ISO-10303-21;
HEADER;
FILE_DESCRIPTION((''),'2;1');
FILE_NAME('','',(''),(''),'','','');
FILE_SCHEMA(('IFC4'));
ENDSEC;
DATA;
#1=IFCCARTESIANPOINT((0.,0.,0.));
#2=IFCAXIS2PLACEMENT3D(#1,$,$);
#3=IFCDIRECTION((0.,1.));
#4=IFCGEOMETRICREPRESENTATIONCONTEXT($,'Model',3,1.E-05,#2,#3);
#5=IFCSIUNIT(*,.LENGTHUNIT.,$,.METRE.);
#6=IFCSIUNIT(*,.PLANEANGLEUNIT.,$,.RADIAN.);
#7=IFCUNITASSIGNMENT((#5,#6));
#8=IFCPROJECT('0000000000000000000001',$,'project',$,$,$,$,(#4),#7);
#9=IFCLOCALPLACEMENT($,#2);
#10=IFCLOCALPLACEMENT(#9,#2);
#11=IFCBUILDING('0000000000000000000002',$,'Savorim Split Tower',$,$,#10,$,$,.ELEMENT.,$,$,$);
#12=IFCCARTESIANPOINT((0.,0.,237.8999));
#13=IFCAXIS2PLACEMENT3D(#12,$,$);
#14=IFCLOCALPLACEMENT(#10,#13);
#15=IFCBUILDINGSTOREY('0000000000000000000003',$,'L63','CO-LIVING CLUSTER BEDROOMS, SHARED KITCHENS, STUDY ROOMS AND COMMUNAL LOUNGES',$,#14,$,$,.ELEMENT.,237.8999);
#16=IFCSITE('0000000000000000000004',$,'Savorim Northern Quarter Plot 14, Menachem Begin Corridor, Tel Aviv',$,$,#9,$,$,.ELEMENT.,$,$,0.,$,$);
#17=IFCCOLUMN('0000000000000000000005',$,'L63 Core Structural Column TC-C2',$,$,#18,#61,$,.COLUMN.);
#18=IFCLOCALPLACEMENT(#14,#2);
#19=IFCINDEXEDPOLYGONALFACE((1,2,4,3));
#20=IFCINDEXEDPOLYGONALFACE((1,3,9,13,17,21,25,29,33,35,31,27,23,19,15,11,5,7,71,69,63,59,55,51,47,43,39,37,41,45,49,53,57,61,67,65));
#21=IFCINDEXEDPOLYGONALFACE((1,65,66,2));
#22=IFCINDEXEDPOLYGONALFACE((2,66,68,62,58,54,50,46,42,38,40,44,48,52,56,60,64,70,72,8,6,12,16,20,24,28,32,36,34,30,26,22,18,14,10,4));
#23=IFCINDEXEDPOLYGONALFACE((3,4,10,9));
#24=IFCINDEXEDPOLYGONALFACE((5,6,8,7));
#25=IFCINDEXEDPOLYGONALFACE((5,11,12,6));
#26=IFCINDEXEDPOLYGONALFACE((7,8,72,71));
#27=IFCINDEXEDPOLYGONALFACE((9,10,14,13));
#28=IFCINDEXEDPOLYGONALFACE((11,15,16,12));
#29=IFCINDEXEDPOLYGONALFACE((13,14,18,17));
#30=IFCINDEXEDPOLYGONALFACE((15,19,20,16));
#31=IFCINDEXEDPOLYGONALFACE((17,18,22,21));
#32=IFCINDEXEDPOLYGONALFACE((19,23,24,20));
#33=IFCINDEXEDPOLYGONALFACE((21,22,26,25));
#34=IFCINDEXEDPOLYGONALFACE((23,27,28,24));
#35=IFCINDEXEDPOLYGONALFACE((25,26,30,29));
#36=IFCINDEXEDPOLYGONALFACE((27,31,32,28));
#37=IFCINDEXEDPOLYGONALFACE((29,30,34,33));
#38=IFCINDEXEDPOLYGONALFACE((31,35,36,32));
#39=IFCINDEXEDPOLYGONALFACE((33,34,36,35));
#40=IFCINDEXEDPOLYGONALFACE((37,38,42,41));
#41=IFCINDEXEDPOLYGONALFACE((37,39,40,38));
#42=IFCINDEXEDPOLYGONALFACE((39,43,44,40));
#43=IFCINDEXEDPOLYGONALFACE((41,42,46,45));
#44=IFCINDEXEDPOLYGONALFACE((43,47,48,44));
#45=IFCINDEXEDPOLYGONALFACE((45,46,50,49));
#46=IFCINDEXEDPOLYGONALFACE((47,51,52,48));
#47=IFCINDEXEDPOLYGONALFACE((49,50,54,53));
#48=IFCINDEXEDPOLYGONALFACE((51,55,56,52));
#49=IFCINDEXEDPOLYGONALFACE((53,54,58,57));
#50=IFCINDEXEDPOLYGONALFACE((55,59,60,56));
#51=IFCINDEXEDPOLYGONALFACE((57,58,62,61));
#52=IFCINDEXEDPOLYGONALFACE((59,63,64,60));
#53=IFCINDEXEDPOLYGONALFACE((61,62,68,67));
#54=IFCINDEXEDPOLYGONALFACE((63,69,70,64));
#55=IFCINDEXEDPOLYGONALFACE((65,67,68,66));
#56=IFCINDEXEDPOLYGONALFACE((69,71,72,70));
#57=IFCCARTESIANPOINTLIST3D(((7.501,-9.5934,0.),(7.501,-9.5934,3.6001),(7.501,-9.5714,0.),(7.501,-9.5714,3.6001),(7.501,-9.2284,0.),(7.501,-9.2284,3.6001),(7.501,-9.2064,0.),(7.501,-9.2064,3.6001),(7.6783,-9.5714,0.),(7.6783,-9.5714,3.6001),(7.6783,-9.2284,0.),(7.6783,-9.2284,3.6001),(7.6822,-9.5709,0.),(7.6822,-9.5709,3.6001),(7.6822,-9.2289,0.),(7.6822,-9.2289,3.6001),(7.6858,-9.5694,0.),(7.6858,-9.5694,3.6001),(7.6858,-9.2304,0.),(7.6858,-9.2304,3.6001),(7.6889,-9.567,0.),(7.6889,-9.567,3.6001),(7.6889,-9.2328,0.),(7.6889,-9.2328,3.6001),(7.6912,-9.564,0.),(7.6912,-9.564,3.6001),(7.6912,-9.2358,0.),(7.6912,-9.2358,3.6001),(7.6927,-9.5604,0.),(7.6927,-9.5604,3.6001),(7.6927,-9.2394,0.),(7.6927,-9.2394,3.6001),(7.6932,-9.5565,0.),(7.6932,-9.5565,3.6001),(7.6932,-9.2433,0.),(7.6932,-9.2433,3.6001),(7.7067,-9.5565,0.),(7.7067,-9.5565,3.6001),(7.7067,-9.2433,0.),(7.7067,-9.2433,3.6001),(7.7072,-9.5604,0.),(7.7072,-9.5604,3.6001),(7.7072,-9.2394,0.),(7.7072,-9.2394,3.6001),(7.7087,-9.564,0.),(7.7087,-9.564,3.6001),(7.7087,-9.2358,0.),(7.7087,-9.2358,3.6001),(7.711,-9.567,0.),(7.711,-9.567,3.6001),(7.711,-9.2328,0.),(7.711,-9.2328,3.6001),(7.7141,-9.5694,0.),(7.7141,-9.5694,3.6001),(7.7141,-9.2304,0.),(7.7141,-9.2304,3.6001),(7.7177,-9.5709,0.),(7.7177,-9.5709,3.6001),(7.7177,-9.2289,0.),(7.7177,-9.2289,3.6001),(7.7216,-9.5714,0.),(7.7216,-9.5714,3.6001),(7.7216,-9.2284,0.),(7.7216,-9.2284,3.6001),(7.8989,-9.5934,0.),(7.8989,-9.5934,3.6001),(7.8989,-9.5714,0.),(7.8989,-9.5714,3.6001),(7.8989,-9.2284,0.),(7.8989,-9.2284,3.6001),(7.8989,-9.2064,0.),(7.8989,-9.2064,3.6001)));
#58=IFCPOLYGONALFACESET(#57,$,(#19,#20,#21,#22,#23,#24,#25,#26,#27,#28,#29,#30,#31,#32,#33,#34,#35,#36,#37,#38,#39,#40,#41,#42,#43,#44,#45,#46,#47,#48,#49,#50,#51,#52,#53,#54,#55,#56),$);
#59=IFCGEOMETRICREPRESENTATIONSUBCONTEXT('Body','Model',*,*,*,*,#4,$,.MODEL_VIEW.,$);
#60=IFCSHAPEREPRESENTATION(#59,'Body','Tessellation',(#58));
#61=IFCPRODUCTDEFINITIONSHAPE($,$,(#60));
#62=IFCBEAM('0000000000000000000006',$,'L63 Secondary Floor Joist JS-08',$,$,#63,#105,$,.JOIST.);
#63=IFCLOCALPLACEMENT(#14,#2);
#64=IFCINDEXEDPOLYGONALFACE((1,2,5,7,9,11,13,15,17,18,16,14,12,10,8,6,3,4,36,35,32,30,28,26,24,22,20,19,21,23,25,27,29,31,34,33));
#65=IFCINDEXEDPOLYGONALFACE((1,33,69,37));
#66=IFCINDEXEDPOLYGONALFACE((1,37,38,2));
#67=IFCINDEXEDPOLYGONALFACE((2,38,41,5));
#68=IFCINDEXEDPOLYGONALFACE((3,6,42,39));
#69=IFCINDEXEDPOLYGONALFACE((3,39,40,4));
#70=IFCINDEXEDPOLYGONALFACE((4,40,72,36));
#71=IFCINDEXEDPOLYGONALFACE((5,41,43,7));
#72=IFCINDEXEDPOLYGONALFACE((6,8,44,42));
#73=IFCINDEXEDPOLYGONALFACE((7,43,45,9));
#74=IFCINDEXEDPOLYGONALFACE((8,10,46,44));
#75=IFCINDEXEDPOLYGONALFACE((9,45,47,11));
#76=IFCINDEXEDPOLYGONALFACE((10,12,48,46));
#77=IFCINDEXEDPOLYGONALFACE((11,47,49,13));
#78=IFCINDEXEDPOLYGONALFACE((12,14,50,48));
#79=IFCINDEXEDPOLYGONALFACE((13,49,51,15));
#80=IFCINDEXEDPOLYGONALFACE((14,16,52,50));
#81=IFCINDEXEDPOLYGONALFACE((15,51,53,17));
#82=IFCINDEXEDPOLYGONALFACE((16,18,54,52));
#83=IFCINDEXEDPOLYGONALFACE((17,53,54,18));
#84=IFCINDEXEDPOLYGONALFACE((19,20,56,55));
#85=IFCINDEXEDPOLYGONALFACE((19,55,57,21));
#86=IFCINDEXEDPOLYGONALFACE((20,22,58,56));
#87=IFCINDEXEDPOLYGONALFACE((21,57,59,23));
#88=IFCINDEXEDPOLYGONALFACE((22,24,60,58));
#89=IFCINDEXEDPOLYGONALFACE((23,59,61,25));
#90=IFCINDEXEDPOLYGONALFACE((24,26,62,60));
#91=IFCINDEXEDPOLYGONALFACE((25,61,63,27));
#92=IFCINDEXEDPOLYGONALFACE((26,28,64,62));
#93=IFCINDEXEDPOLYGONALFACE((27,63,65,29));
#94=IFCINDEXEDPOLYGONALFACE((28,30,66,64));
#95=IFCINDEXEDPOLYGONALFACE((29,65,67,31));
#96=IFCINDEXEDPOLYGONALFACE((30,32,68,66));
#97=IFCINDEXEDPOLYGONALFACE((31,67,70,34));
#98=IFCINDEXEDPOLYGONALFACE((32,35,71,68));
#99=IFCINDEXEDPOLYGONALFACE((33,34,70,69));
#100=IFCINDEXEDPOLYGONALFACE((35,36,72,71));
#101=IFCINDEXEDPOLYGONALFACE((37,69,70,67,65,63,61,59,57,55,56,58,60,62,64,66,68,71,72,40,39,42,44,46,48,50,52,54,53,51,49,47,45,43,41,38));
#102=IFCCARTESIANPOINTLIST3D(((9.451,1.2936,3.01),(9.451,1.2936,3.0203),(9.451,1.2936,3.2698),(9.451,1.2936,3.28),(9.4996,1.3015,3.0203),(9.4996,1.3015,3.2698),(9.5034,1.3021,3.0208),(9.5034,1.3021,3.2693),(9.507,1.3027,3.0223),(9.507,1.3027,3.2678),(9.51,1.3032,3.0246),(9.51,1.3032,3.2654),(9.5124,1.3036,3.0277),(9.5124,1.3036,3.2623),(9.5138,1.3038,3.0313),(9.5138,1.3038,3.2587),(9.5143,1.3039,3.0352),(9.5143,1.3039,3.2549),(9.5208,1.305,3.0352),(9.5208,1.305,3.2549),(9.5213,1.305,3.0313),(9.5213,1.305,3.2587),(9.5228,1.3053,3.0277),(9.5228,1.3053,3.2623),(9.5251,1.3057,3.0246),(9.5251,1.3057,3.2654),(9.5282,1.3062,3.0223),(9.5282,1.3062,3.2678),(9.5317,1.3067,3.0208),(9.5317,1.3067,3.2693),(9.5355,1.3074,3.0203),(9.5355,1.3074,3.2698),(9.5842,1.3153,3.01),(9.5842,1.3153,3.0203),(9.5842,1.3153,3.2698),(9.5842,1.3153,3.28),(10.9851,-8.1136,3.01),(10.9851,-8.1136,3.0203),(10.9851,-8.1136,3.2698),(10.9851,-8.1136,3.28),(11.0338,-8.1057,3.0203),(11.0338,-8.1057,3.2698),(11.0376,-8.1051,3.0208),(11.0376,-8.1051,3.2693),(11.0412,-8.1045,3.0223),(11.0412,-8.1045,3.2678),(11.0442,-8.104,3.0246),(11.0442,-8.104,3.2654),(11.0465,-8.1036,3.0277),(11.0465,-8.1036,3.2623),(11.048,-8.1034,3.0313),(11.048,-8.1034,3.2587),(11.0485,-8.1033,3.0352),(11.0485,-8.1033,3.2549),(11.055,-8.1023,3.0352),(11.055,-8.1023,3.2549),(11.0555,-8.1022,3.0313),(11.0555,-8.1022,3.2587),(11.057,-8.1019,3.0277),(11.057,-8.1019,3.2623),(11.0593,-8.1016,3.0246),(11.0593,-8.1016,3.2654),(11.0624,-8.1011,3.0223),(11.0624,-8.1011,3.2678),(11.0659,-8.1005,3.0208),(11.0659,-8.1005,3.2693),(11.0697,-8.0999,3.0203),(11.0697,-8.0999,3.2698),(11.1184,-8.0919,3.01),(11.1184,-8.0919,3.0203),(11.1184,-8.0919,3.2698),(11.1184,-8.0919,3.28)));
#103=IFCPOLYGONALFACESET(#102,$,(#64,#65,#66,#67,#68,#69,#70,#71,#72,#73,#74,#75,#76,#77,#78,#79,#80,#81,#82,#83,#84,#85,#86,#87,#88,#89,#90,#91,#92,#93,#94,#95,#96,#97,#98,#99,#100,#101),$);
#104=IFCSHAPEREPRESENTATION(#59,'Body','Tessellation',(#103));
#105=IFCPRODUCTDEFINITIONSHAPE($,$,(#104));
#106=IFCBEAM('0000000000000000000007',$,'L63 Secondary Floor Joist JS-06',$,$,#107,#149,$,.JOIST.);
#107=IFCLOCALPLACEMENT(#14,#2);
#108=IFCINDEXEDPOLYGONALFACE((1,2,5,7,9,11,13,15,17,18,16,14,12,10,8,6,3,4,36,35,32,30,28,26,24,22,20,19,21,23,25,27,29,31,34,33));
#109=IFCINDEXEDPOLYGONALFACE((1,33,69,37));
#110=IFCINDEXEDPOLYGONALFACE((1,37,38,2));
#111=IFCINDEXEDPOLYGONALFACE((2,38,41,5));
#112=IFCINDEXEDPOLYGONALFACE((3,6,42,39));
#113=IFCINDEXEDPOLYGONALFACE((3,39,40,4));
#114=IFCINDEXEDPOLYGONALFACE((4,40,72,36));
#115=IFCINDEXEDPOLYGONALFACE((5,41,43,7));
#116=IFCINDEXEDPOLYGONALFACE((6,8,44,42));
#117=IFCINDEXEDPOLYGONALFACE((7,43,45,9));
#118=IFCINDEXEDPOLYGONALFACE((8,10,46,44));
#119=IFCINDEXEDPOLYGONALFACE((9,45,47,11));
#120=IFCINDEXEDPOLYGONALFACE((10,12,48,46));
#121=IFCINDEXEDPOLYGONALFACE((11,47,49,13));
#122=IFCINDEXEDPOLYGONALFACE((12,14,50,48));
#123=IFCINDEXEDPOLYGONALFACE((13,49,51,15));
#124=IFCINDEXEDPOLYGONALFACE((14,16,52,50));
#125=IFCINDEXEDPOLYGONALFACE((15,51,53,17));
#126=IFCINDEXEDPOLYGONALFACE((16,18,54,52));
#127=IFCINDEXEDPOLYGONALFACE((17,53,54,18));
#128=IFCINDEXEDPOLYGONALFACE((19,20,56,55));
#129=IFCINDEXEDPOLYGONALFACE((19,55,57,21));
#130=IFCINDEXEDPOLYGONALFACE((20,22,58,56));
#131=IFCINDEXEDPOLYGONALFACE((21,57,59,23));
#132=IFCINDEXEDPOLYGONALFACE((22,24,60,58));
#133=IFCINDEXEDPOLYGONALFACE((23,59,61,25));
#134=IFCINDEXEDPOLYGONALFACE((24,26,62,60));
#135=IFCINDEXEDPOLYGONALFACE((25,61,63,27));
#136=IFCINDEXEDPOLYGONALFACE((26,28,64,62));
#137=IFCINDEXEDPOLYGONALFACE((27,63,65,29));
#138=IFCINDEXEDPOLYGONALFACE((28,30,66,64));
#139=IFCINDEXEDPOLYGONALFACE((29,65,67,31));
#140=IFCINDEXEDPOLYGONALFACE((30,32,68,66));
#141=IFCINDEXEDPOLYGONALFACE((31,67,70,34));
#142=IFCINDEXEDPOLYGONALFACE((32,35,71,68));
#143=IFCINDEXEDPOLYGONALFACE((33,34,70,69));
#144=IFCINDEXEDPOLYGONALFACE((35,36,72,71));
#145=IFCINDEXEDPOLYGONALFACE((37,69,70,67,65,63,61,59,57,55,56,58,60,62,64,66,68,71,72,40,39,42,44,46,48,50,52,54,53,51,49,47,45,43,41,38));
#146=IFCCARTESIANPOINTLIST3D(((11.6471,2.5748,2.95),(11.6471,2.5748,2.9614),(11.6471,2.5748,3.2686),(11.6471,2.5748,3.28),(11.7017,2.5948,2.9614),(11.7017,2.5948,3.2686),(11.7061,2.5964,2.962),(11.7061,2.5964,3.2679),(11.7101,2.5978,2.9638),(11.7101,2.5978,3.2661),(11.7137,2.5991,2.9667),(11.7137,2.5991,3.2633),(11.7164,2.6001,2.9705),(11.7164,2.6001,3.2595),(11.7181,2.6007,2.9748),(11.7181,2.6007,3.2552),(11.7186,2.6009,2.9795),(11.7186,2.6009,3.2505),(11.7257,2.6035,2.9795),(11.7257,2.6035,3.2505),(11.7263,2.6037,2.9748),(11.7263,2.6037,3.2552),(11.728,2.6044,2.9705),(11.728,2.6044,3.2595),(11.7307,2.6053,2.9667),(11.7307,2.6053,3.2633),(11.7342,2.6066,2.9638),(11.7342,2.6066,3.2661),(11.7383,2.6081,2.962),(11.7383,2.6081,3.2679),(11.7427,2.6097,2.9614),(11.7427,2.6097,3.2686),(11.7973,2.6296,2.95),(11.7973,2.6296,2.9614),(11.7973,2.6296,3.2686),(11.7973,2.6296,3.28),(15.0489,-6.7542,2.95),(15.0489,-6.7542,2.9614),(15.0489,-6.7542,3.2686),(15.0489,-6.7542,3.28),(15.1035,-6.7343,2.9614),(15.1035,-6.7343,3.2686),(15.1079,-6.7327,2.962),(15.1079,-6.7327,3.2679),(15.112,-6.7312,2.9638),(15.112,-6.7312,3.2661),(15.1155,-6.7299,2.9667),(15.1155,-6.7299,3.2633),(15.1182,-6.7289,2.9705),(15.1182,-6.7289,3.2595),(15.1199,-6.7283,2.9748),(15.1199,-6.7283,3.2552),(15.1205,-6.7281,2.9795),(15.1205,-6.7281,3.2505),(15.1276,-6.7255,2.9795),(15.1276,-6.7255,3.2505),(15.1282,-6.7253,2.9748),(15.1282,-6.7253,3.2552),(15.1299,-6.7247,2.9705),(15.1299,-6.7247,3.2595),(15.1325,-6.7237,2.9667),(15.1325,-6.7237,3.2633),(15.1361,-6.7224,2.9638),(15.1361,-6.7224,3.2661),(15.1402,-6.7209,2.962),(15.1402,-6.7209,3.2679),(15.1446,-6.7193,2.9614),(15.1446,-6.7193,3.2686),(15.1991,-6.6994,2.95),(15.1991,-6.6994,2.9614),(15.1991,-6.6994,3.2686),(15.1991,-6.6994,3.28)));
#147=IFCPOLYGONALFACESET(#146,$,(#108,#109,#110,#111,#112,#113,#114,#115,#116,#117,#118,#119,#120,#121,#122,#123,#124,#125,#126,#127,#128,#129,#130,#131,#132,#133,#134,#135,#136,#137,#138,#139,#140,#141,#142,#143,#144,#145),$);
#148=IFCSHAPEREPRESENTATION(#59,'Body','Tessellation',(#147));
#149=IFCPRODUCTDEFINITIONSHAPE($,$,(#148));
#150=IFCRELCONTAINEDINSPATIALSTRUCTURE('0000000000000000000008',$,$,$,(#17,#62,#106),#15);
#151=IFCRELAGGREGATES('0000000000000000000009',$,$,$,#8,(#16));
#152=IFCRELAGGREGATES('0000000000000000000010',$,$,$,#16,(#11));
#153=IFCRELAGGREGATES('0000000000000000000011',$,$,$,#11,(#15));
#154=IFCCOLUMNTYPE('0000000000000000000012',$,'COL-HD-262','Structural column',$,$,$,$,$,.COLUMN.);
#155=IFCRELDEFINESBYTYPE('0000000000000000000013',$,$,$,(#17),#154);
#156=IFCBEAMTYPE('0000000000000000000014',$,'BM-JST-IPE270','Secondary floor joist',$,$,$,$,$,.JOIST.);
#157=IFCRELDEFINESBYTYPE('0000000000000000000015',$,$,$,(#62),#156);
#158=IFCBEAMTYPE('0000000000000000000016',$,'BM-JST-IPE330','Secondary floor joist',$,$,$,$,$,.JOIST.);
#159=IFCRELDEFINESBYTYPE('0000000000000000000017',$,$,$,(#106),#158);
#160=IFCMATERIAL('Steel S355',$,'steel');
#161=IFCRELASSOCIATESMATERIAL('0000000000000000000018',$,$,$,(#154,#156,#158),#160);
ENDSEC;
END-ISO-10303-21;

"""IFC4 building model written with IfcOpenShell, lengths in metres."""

from ifc_helpers import new_model, si_unit, direction, frame, origin, origin_2d, place, context, subcontext, project, spatial, i_section, extrude, material, material_profile, profile_set, type_object, element, save


model = new_model("IFC4")

# Units and contexts
model_context = context("Model", 3, precision=1e-05, world=origin(), true_north=direction((0.0, 1.0)))
body_context = subcontext(model_context, "Body", "Model", "MODEL_VIEW")
ifc_project = project(units=[si_unit("LENGTHUNIT", "METRE"), si_unit("PLANEANGLEUNIT", "RADIAN")], contexts=[model_context])

# Site, building, storey
site_placement = place(None, origin())
site = spatial("IfcSite", under=ifc_project, at=site_placement, Name="Savorim Northern Quarter Plot 14, Menachem Begin Corridor, Tel Aviv", CompositionType="ELEMENT", RefElevation=0.0)
building_placement = place(site_placement, origin())
building = spatial("IfcBuilding", under=site, at=building_placement, Name="Savorim Split Tower", CompositionType="ELEMENT")
storey_placement = place(building_placement, frame((0.0, 0.0, 237.8999)))
storey = spatial("IfcBuildingStorey", under=building, at=storey_placement, Name="L63", Description="CO-LIVING CLUSTER BEDROOMS, SHARED KITCHENS, STUDY ROOMS AND COMMUNAL LOUNGES", CompositionType="ELEMENT", Elevation=237.8999)

# Column
ifc_material_1 = material(Name="Steel S355", Category="steel")
ifc_material_profile_1 = material_profile(ifc_material_1, i_section(OverallWidth=0.3979, OverallDepth=0.387, WebThickness=0.0134, FlangeThickness=0.022, FilletRadius=0.0149, at=origin_2d()), Name="HD 400x262")
ifc_profile_set_1 = profile_set([ifc_material_profile_1], Name="Steel S355")
column_type = type_object("IfcColumnType", Name="COL-HD-262", Description="Structural column", PredefinedType="COLUMN", material=ifc_profile_set_1)
column_placement = place(storey_placement, frame((7.7, -9.3999, 0.0), z_axis=(0.0, 0.0, 1.0), x_axis=(1.0, 0.0, 0.0)))
element("IfcColumn", 1, at=column_placement, inside=storey, type_object=column_type, Name="L63 Core Structural Column TC-C2", PredefinedType="COLUMN", context=body_context, shape_type="SweptSolid", body=[
    extrude(i_section(OverallWidth=0.3979, OverallDepth=0.387, WebThickness=0.0134, FlangeThickness=0.022, FilletRadius=0.0149, at=origin_2d()), origin(), (0.0, 0.0, 1.0), 3.6001),
])

# Beams
ifc_material_profile_2 = material_profile(ifc_material_1, i_section(OverallWidth=0.135, OverallDepth=0.27, WebThickness=0.0066, FlangeThickness=0.0103, FilletRadius=0.0149, at=origin_2d()), Name="IPE 270")
ifc_profile_set_2 = profile_set([ifc_material_profile_2], Name="Steel S355")
beam_type_1 = type_object("IfcBeamType", Name="BM-JST-IPE270", Description="Secondary floor joist", PredefinedType="JOIST", material=ifc_profile_set_2)
beam_1_placement = place(storey_placement, frame((11.0518, -8.1028, 3.145), z_axis=(-0.160959, 0.986961, 0.0), x_axis=(-0.986961, -0.160959, 0.0)))
element("IfcBeam", 2, at=beam_1_placement, inside=storey, type_object=beam_type_1, Name="L63 Secondary Floor Joist JS-08", PredefinedType="JOIST", context=body_context, shape_type="SweptSolid", body=[
    extrude(i_section(OverallWidth=0.135, OverallDepth=0.27, WebThickness=0.0066, FlangeThickness=0.0103, FilletRadius=0.0149, at=origin_2d()), origin(), (0.0, 0.0, 1.0), 9.5315),
])
ifc_material_profile_3 = material_profile(ifc_material_1, i_section(OverallWidth=0.1599, OverallDepth=0.3301, WebThickness=0.0076, FlangeThickness=0.0115, FilletRadius=0.0181, at=origin_2d()), Name="IPE 330")
ifc_profile_set_3 = profile_set([ifc_material_profile_3], Name="Steel S355")
beam_type_2 = type_object("IfcBeamType", Name="BM-JST-IPE330", Description="Secondary floor joist", PredefinedType="JOIST", material=ifc_profile_set_3)
beam_2_placement = place(storey_placement, frame((15.124, -6.7268, 3.115), z_axis=(-0.342584, 0.939487, 0.0), x_axis=(-0.939487, -0.342584, 0.0)))
element("IfcBeam", 3, at=beam_2_placement, inside=storey, type_object=beam_type_2, Name="L63 Secondary Floor Joist JS-06", PredefinedType="JOIST", context=body_context, shape_type="SweptSolid", body=[
    extrude(i_section(OverallWidth=0.1599, OverallDepth=0.3301, WebThickness=0.0076, FlangeThickness=0.0115, FilletRadius=0.0181, at=origin_2d()), origin(), (0.0, 0.0, 1.0), 9.9299),
])

save(model, "model.ifc")
